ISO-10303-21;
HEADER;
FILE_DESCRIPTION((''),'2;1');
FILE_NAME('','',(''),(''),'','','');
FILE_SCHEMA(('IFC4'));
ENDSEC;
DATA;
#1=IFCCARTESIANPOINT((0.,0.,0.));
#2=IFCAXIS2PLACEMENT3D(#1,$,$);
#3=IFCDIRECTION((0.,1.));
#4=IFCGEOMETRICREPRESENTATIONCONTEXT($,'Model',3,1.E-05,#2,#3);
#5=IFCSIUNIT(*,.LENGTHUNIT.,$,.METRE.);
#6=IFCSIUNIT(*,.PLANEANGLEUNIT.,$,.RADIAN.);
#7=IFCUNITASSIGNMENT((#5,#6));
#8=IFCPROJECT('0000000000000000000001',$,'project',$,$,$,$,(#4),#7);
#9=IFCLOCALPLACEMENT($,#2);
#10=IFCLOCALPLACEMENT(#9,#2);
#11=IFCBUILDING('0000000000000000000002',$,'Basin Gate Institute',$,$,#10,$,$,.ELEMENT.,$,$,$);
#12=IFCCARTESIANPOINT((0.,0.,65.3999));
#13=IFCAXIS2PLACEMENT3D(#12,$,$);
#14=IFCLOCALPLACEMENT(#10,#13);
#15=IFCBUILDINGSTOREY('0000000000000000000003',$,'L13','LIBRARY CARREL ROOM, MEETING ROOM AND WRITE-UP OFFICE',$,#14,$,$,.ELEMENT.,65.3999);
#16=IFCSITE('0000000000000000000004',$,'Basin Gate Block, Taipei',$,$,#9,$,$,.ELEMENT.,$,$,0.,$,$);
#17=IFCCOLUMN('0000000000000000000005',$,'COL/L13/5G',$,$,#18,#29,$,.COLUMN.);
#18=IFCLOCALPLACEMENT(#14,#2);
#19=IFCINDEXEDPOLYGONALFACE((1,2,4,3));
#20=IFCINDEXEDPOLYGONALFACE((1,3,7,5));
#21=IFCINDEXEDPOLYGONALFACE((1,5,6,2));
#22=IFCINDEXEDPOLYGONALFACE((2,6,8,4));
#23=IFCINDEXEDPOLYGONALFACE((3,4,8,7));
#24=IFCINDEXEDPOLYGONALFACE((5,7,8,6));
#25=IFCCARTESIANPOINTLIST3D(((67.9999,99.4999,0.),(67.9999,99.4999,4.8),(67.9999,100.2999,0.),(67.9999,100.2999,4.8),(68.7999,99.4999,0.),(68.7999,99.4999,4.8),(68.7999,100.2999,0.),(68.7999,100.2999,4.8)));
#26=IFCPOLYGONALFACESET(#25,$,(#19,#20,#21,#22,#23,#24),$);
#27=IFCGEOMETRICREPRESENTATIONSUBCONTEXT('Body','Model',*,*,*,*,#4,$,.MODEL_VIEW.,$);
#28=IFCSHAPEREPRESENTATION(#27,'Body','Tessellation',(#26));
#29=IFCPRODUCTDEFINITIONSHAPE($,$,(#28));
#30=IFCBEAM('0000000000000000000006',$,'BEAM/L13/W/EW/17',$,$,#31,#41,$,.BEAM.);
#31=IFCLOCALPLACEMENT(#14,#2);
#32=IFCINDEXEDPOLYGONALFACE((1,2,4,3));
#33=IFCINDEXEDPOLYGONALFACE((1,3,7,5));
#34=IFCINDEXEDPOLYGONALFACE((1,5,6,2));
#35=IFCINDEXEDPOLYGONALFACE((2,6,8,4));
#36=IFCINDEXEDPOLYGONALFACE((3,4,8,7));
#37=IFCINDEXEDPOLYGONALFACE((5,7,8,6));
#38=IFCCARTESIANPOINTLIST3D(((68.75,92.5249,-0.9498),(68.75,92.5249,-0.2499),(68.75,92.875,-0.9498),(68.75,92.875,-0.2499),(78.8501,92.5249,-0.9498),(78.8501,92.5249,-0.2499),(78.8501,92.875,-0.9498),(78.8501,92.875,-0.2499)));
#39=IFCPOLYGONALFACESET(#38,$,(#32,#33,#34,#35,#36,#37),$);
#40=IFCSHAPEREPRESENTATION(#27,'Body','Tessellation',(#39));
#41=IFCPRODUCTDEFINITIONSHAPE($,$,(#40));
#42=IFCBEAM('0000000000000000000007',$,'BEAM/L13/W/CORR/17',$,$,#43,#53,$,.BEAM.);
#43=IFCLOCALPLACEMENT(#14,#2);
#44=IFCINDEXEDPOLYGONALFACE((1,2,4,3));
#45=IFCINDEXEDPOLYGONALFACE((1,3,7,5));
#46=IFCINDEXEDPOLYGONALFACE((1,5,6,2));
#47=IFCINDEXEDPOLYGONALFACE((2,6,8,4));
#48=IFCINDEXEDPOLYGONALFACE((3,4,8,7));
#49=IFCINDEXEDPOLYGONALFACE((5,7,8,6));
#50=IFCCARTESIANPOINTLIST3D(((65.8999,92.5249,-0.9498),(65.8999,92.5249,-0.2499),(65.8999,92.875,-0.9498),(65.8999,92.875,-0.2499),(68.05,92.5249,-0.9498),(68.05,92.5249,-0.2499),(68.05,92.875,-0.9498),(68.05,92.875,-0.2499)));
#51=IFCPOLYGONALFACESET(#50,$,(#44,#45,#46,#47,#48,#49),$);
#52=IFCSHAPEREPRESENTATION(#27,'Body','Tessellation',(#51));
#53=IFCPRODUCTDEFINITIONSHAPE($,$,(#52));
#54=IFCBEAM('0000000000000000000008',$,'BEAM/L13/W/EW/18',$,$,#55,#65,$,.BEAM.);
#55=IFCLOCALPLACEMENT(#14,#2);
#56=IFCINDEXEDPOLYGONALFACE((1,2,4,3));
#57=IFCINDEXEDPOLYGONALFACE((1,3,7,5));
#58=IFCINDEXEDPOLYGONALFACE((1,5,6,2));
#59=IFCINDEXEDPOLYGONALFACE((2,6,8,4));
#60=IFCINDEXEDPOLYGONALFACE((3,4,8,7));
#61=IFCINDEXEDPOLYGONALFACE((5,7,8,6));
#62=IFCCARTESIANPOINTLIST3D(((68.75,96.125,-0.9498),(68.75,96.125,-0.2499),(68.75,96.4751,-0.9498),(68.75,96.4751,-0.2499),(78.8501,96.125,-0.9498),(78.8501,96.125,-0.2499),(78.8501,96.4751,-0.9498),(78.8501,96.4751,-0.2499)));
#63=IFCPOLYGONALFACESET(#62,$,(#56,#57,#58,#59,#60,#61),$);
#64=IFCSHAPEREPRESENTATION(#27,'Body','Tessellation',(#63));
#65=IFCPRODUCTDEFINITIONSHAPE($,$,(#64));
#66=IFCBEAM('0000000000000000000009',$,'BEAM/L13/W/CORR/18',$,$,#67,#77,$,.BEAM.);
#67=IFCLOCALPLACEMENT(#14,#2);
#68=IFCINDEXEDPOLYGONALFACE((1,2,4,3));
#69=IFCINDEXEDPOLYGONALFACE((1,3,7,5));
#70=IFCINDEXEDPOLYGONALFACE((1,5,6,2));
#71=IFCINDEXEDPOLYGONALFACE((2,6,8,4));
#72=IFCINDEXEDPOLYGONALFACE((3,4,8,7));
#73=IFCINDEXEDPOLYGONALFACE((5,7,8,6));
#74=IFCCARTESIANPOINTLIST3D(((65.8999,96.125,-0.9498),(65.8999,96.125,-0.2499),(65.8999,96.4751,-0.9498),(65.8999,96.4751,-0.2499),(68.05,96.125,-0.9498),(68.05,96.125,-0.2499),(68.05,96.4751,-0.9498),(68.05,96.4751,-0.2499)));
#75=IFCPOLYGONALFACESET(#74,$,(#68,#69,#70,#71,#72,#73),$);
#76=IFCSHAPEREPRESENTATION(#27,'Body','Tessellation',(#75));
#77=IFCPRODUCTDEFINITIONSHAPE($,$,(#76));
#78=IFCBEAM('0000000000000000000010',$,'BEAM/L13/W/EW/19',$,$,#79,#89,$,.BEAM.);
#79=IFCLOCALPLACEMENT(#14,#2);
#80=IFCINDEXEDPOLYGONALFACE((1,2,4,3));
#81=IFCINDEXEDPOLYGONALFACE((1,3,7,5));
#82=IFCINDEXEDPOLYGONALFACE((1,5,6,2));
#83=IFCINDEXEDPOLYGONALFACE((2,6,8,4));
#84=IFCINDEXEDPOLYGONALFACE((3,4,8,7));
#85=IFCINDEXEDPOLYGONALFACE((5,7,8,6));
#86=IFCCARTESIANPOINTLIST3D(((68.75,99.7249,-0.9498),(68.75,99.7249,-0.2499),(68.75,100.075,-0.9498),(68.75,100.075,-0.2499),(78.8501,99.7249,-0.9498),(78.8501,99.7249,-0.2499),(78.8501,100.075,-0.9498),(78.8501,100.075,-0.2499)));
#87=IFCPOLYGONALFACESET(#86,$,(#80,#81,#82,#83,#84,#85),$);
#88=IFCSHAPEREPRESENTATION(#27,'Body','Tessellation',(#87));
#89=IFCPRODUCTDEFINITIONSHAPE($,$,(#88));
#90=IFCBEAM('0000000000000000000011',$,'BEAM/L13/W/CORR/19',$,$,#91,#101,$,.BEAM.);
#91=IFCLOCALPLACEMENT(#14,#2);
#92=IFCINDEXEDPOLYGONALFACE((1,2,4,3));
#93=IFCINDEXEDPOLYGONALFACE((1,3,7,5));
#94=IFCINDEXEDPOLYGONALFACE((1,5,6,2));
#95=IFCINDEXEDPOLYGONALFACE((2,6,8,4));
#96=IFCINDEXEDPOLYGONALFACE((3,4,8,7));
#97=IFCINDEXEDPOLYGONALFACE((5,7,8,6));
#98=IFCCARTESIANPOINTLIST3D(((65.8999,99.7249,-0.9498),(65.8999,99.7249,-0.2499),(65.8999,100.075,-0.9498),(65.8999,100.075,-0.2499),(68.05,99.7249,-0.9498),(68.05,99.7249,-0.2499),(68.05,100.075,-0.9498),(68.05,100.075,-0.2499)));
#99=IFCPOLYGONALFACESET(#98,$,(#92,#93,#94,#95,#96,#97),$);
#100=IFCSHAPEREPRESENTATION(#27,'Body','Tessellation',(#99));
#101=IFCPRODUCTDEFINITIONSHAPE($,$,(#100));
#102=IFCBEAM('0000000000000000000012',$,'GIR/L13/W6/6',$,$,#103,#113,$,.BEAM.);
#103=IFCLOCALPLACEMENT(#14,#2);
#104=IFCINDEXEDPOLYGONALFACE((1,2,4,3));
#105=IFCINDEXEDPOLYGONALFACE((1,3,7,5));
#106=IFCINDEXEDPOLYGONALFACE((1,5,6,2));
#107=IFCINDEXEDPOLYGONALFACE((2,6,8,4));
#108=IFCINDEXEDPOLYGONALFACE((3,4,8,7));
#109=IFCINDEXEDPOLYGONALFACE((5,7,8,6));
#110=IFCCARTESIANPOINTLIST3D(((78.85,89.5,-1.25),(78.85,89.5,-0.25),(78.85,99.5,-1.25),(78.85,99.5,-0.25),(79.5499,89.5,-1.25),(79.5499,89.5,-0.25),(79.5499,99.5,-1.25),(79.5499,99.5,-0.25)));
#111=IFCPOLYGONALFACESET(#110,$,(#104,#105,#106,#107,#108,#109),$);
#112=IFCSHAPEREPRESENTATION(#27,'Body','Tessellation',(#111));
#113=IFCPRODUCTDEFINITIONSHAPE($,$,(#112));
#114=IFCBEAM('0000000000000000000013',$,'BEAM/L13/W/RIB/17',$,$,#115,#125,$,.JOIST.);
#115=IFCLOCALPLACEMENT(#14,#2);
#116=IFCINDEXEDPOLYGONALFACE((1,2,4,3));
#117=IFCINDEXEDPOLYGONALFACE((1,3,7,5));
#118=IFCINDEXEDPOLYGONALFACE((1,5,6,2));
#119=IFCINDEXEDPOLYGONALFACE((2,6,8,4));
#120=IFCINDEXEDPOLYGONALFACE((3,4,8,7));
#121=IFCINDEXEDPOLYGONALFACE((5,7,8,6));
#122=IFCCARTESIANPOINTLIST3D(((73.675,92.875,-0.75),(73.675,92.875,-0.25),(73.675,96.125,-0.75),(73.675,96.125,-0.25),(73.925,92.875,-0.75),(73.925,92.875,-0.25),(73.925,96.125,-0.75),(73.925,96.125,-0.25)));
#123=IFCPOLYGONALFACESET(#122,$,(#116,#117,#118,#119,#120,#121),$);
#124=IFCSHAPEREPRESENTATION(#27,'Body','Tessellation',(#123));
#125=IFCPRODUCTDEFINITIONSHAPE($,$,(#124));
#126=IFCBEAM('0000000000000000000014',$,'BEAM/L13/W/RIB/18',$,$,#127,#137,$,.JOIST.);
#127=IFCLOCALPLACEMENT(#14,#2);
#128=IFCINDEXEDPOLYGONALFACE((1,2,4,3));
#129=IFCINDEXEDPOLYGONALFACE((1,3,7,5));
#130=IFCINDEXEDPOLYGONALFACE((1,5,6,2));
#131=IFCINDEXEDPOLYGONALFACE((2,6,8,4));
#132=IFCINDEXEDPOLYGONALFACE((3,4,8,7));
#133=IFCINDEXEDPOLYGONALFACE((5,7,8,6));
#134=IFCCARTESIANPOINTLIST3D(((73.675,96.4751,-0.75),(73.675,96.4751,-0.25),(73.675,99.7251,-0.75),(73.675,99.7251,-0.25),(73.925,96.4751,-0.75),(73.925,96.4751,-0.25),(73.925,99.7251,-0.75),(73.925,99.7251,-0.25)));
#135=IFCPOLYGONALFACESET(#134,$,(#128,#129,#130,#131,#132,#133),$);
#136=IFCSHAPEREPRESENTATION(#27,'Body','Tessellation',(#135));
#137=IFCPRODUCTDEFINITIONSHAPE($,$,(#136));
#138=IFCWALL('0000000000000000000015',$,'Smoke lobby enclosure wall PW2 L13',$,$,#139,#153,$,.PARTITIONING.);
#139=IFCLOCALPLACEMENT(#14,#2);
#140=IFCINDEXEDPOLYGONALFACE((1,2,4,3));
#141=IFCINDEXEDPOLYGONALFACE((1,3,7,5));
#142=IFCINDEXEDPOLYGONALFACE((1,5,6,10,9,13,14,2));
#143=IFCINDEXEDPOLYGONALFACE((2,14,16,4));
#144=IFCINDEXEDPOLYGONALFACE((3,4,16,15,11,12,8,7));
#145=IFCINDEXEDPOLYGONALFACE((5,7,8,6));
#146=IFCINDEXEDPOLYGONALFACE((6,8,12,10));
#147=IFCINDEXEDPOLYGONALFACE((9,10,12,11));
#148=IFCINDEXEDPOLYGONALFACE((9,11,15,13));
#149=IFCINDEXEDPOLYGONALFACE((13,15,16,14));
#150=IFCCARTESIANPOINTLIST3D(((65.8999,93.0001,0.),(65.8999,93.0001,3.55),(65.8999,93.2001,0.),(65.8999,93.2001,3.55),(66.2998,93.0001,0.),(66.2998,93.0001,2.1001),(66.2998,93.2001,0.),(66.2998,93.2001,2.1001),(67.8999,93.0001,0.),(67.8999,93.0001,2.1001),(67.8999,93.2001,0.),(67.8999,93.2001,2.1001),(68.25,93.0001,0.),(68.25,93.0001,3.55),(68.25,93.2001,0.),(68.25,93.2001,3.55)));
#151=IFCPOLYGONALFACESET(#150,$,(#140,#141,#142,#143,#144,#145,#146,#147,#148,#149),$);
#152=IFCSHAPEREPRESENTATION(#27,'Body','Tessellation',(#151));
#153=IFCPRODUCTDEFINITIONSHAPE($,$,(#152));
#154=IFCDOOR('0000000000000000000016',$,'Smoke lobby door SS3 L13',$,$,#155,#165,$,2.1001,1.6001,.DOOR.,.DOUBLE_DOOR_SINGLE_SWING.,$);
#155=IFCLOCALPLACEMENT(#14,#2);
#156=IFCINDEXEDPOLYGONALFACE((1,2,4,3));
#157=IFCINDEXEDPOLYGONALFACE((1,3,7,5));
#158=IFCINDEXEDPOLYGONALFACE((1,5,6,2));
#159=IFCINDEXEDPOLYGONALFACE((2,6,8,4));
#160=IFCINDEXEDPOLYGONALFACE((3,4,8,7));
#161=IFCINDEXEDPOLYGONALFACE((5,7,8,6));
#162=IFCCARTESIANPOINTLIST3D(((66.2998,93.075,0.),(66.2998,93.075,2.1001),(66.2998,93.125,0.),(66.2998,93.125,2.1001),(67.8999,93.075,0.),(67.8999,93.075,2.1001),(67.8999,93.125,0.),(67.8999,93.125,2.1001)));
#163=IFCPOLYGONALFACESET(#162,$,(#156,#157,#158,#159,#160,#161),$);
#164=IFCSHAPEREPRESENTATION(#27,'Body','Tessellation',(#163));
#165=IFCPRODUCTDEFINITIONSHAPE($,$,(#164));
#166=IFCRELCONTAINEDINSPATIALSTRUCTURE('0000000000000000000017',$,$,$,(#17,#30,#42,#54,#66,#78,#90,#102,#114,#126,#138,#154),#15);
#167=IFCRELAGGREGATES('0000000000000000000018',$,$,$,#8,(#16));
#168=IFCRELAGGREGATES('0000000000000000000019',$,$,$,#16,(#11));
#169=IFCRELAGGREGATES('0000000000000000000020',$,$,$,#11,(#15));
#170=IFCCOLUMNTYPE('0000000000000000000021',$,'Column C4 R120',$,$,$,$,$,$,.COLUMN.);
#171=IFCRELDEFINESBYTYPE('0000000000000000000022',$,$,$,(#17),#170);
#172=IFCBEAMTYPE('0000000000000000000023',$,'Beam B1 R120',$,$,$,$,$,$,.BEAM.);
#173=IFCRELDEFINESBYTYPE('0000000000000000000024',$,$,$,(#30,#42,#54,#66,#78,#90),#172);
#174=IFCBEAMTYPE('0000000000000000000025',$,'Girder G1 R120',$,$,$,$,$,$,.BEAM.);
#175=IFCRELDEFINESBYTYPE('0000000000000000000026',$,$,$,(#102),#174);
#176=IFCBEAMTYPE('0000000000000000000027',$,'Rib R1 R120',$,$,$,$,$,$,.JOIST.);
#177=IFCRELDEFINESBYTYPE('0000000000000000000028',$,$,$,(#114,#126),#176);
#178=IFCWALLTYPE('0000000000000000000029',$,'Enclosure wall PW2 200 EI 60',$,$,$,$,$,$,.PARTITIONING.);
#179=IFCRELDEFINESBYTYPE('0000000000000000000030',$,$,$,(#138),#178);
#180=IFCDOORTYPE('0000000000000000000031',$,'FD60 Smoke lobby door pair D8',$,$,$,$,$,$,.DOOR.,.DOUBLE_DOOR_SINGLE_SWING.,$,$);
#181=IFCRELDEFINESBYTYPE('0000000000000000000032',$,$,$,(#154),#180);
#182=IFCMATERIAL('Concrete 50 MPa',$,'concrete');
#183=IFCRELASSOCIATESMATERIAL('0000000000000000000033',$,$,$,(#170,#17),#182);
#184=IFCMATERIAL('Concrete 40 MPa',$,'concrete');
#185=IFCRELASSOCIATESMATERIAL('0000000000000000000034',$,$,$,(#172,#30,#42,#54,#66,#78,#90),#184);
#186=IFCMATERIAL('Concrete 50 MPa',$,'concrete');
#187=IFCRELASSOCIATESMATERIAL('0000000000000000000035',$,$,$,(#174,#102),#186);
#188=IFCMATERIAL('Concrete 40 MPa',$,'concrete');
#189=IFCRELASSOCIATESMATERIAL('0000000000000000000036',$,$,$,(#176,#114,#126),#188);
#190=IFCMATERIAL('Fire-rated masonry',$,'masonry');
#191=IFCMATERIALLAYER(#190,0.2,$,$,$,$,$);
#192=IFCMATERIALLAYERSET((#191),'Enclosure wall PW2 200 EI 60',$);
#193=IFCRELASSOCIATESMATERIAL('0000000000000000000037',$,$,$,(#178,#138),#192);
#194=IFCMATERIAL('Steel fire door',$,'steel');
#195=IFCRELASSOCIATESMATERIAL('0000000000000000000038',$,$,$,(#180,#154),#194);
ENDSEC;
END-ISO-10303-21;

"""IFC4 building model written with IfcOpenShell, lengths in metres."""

from ifc_helpers import new_model, si_unit, direction, frame, frame_2d, origin, origin_2d, place, context, subcontext, project, spatial, rectangle, extrude, material, layer, layer_set, material_profile, profile_set, type_object, element, fill, save


model = new_model("IFC4")

# Units and contexts
model_context = context("Model", 3, precision=1e-05, world=origin(), true_north=direction((0.0, 1.0)))
body_context = subcontext(model_context, "Body", "Model", "MODEL_VIEW")
ifc_project = project(units=[si_unit("LENGTHUNIT", "METRE"), si_unit("PLANEANGLEUNIT", "RADIAN")], contexts=[model_context])

# Site, building, storey
site_placement = place(None, origin())
site = spatial("IfcSite", under=ifc_project, at=site_placement, Name="Basin Gate Block, Taipei", CompositionType="ELEMENT", RefElevation=0.0)
building_placement = place(site_placement, origin())
building = spatial("IfcBuilding", under=site, at=building_placement, Name="Basin Gate Institute", CompositionType="ELEMENT")
storey_placement = place(building_placement, frame((0.0, 0.0, 65.3999)))
storey = spatial("IfcBuildingStorey", under=building, at=storey_placement, Name="L13", Description="LIBRARY CARREL ROOM, MEETING ROOM AND WRITE-UP OFFICE", CompositionType="ELEMENT", Elevation=65.3999)

# Column
ifc_material_1 = material(Name="Concrete 50 MPa", Category="concrete")
ifc_material_profile_1 = material_profile(ifc_material_1, rectangle(XDim=0.8, YDim=0.8, at=origin_2d()), Name="Column C4 800 x 800")
ifc_profile_set_1 = profile_set([ifc_material_profile_1], Name="Concrete 50 MPa")
column_type = type_object("IfcColumnType", Name="Column C4 R120", PredefinedType="COLUMN", material=ifc_profile_set_1)
column_placement = place(storey_placement, frame((68.3999, 99.8999, 0.0), z_axis=(0.0, 0.0, 1.0), x_axis=(1.0, 0.0, 0.0)))
element("IfcColumn", 1, at=column_placement, inside=storey, type_object=column_type, material=ifc_profile_set_1, Name="COL/L13/5G", PredefinedType="COLUMN", context=body_context, shape_type="SweptSolid", body=[
    extrude(rectangle(XDim=0.8, YDim=0.8, at=origin_2d()), origin(), (0.0, 0.0, 1.0), 4.8),
])

# Beams
ifc_material_2 = material(Name="Concrete 40 MPa", Category="concrete")
ifc_material_profile_2 = material_profile(ifc_material_2, rectangle(XDim=0.3501, YDim=0.7, at=origin_2d()), Name="Beam B1 350 x 700")
ifc_profile_set_2 = profile_set([ifc_material_profile_2], Name="Concrete 40 MPa")
beam_type_1 = type_object("IfcBeamType", Name="Beam B1 R120", PredefinedType="BEAM", material=ifc_profile_set_2)
beam_1_placement = place(storey_placement, frame((68.75, 92.7, -0.5999), z_axis=(1.0, 0.0, 0.0), x_axis=(0.0, 1.0, 0.0)))
element("IfcBeam", 2, at=beam_1_placement, inside=storey, type_object=beam_type_1, material=ifc_profile_set_2, Name="BEAM/L13/W/EW/17", PredefinedType="BEAM", context=body_context, shape_type="SweptSolid", body=[
    extrude(rectangle(XDim=0.3501, YDim=0.7, at=origin_2d()), origin(), (0.0, 0.0, 1.0), 10.1001),
])
beam_2_placement = place(storey_placement, frame((65.8999, 92.7, -0.5999), z_axis=(1.0, 0.0, 0.0), x_axis=(0.0, 1.0, 0.0)))
element("IfcBeam", 3, at=beam_2_placement, inside=storey, type_object=beam_type_1, material=ifc_profile_set_2, Name="BEAM/L13/W/CORR/17", PredefinedType="BEAM", context=body_context, shape_type="SweptSolid", body=[
    extrude(rectangle(XDim=0.3501, YDim=0.7, at=origin_2d()), origin(), (0.0, 0.0, 1.0), 2.1501),
])
beam_3_placement = place(storey_placement, frame((68.75, 96.3, -0.5999), z_axis=(1.0, 0.0, 0.0), x_axis=(0.0, 1.0, 0.0)))
element("IfcBeam", 4, at=beam_3_placement, inside=storey, type_object=beam_type_1, material=ifc_profile_set_2, Name="BEAM/L13/W/EW/18", PredefinedType="BEAM", context=body_context, shape_type="SweptSolid", body=[
    extrude(rectangle(XDim=0.3501, YDim=0.7, at=origin_2d()), origin(), (0.0, 0.0, 1.0), 10.1001),
])
beam_4_placement = place(storey_placement, frame((65.8999, 96.3, -0.5999), z_axis=(1.0, 0.0, 0.0), x_axis=(0.0, 1.0, 0.0)))
element("IfcBeam", 5, at=beam_4_placement, inside=storey, type_object=beam_type_1, material=ifc_profile_set_2, Name="BEAM/L13/W/CORR/18", PredefinedType="BEAM", context=body_context, shape_type="SweptSolid", body=[
    extrude(rectangle(XDim=0.3501, YDim=0.7, at=origin_2d()), origin(), (0.0, 0.0, 1.0), 2.1501),
])
beam_5_placement = place(storey_placement, frame((68.75, 99.8999, -0.5999), z_axis=(1.0, 0.0, 0.0), x_axis=(0.0, 1.0, 0.0)))
element("IfcBeam", 6, at=beam_5_placement, inside=storey, type_object=beam_type_1, material=ifc_profile_set_2, Name="BEAM/L13/W/EW/19", PredefinedType="BEAM", context=body_context, shape_type="SweptSolid", body=[
    extrude(rectangle(XDim=0.3501, YDim=0.7, at=origin_2d()), origin(), (0.0, 0.0, 1.0), 10.1001),
])
beam_6_placement = place(storey_placement, frame((65.8999, 99.8999, -0.5999), z_axis=(1.0, 0.0, 0.0), x_axis=(0.0, 1.0, 0.0)))
element("IfcBeam", 7, at=beam_6_placement, inside=storey, type_object=beam_type_1, material=ifc_profile_set_2, Name="BEAM/L13/W/CORR/19", PredefinedType="BEAM", context=body_context, shape_type="SweptSolid", body=[
    extrude(rectangle(XDim=0.3501, YDim=0.7, at=origin_2d()), origin(), (0.0, 0.0, 1.0), 2.1501),
])
ifc_material_3 = material(Name="Concrete 50 MPa", Category="concrete")
ifc_material_profile_3 = material_profile(ifc_material_3, rectangle(XDim=0.7, YDim=1.0, at=origin_2d()), Name="Girder G1 700 x 1000")
ifc_profile_set_3 = profile_set([ifc_material_profile_3], Name="Concrete 50 MPa")
beam_type_2 = type_object("IfcBeamType", Name="Girder G1 R120", PredefinedType="BEAM", material=ifc_profile_set_3)
beam_7_placement = place(storey_placement, frame((79.2, 89.5, -0.75), z_axis=(0.0, 1.0, 0.0), x_axis=(-1.0, 0.0, 0.0)))
element("IfcBeam", 8, at=beam_7_placement, inside=storey, type_object=beam_type_2, material=ifc_profile_set_3, Name="GIR/L13/W6/6", PredefinedType="BEAM", context=body_context, shape_type="SweptSolid", body=[
    extrude(rectangle(XDim=0.7, YDim=1.0, at=origin_2d()), origin(), (0.0, 0.0, 1.0), 10.0),
])
ifc_material_4 = material(Name="Concrete 40 MPa", Category="concrete")
ifc_material_profile_4 = material_profile(ifc_material_4, rectangle(XDim=0.25, YDim=0.5, at=origin_2d()), Name="Rib R1 250 x 500")
ifc_profile_set_4 = profile_set([ifc_material_profile_4], Name="Concrete 40 MPa")
beam_type_3 = type_object("IfcBeamType", Name="Rib R1 R120", PredefinedType="JOIST", material=ifc_profile_set_4)
for number, where, z_axis, x_axis, name in (
    (9, (73.8, 92.875, -0.5), (0.0, 1.0, 0.0), (-1.0, 0.0, 0.0), "BEAM/L13/W/RIB/17"),
    (10, (73.8, 96.4751, -0.5), (0.0, 1.0, 0.0), (-1.0, 0.0, 0.0), "BEAM/L13/W/RIB/18"),
):
    element("IfcBeam", number, at=place(storey_placement, frame(where, z_axis=z_axis, x_axis=x_axis)), inside=storey, type_object=beam_type_3, material=ifc_profile_set_4, Name=name, PredefinedType="JOIST", context=body_context, shape_type="SweptSolid", body=[
        extrude(rectangle(XDim=0.25, YDim=0.5, at=origin_2d()), origin(), (0.0, 0.0, 1.0), 3.25),
    ])

# Wall, opening, door
ifc_material_5 = material(Name="Fire-rated masonry", Category="masonry")
ifc_layer_1 = layer(ifc_material_5, 0.2)
ifc_layer_set_1 = layer_set([ifc_layer_1], Name="Enclosure wall PW2 200 EI 60")
wall_type_1 = type_object("IfcWallType", Name="Enclosure wall PW2 200 EI 60", PredefinedType="PARTITIONING", material=ifc_layer_set_1)
wall_1_placement = place(storey_placement, frame((65.8999, 93.1001, 0.0), z_axis=(0.0, 0.0, 1.0), x_axis=(1.0, 0.0, 0.0)))
wall_1 = element("IfcWall", 11, at=wall_1_placement, inside=storey, type_object=wall_type_1, material=ifc_layer_set_1, Name="Smoke lobby enclosure wall PW2 L13", PredefinedType="PARTITIONING", context=body_context, shape_type="SweptSolid", body=[
    extrude(rectangle(XDim=2.3501, YDim=0.2, at=frame_2d((1.175, 0.0))), origin(), (0.0, 0.0, 1.0), 3.55),
])
opening_1_placement = place(wall_1_placement, frame((0.3999, 0.0, 0.0)))
opening_1 = element("IfcOpeningElement", 12, at=opening_1_placement, cuts=wall_1, PredefinedType="OPENING", context=body_context, shape_type="SweptSolid", body=[
    extrude(rectangle(XDim=1.6001, YDim=2.1001, at=frame_2d((0.8, 1.05))), frame((0.0, 0.1099, 0.0), z_axis=(0.0, -1.0, 0.0), x_axis=(1.0, 0.0, 0.0)), (0.0, 0.0, 1.0), 0.22),
])
ifc_material_6 = material(Name="Steel fire door", Category="steel")
door_type = type_object("IfcDoorType", Name="FD60 Smoke lobby door pair D8", OperationType="DOUBLE_DOOR_SINGLE_SWING", PredefinedType="DOOR", material=ifc_material_6)
door_placement = place(opening_1_placement, origin())
door = element("IfcDoor", 13, at=door_placement, inside=storey, type_object=door_type, material=ifc_material_6, Name="Smoke lobby door SS3 L13", OperationType="DOUBLE_DOOR_SINGLE_SWING", OverallHeight=2.1001, OverallWidth=1.6001, PredefinedType="DOOR", context=body_context, shape_type="SweptSolid", body=[
    extrude(rectangle(XDim=1.6001, YDim=2.1001, at=frame_2d((0.8, 1.05))), frame((0.0, 0.0249, 0.0), z_axis=(0.0, -1.0, 0.0), x_axis=(1.0, 0.0, 0.0)), (0.0, 0.0, 1.0), 0.05),
])
fill(opening_1, door)

save(model, "model.ifc")
